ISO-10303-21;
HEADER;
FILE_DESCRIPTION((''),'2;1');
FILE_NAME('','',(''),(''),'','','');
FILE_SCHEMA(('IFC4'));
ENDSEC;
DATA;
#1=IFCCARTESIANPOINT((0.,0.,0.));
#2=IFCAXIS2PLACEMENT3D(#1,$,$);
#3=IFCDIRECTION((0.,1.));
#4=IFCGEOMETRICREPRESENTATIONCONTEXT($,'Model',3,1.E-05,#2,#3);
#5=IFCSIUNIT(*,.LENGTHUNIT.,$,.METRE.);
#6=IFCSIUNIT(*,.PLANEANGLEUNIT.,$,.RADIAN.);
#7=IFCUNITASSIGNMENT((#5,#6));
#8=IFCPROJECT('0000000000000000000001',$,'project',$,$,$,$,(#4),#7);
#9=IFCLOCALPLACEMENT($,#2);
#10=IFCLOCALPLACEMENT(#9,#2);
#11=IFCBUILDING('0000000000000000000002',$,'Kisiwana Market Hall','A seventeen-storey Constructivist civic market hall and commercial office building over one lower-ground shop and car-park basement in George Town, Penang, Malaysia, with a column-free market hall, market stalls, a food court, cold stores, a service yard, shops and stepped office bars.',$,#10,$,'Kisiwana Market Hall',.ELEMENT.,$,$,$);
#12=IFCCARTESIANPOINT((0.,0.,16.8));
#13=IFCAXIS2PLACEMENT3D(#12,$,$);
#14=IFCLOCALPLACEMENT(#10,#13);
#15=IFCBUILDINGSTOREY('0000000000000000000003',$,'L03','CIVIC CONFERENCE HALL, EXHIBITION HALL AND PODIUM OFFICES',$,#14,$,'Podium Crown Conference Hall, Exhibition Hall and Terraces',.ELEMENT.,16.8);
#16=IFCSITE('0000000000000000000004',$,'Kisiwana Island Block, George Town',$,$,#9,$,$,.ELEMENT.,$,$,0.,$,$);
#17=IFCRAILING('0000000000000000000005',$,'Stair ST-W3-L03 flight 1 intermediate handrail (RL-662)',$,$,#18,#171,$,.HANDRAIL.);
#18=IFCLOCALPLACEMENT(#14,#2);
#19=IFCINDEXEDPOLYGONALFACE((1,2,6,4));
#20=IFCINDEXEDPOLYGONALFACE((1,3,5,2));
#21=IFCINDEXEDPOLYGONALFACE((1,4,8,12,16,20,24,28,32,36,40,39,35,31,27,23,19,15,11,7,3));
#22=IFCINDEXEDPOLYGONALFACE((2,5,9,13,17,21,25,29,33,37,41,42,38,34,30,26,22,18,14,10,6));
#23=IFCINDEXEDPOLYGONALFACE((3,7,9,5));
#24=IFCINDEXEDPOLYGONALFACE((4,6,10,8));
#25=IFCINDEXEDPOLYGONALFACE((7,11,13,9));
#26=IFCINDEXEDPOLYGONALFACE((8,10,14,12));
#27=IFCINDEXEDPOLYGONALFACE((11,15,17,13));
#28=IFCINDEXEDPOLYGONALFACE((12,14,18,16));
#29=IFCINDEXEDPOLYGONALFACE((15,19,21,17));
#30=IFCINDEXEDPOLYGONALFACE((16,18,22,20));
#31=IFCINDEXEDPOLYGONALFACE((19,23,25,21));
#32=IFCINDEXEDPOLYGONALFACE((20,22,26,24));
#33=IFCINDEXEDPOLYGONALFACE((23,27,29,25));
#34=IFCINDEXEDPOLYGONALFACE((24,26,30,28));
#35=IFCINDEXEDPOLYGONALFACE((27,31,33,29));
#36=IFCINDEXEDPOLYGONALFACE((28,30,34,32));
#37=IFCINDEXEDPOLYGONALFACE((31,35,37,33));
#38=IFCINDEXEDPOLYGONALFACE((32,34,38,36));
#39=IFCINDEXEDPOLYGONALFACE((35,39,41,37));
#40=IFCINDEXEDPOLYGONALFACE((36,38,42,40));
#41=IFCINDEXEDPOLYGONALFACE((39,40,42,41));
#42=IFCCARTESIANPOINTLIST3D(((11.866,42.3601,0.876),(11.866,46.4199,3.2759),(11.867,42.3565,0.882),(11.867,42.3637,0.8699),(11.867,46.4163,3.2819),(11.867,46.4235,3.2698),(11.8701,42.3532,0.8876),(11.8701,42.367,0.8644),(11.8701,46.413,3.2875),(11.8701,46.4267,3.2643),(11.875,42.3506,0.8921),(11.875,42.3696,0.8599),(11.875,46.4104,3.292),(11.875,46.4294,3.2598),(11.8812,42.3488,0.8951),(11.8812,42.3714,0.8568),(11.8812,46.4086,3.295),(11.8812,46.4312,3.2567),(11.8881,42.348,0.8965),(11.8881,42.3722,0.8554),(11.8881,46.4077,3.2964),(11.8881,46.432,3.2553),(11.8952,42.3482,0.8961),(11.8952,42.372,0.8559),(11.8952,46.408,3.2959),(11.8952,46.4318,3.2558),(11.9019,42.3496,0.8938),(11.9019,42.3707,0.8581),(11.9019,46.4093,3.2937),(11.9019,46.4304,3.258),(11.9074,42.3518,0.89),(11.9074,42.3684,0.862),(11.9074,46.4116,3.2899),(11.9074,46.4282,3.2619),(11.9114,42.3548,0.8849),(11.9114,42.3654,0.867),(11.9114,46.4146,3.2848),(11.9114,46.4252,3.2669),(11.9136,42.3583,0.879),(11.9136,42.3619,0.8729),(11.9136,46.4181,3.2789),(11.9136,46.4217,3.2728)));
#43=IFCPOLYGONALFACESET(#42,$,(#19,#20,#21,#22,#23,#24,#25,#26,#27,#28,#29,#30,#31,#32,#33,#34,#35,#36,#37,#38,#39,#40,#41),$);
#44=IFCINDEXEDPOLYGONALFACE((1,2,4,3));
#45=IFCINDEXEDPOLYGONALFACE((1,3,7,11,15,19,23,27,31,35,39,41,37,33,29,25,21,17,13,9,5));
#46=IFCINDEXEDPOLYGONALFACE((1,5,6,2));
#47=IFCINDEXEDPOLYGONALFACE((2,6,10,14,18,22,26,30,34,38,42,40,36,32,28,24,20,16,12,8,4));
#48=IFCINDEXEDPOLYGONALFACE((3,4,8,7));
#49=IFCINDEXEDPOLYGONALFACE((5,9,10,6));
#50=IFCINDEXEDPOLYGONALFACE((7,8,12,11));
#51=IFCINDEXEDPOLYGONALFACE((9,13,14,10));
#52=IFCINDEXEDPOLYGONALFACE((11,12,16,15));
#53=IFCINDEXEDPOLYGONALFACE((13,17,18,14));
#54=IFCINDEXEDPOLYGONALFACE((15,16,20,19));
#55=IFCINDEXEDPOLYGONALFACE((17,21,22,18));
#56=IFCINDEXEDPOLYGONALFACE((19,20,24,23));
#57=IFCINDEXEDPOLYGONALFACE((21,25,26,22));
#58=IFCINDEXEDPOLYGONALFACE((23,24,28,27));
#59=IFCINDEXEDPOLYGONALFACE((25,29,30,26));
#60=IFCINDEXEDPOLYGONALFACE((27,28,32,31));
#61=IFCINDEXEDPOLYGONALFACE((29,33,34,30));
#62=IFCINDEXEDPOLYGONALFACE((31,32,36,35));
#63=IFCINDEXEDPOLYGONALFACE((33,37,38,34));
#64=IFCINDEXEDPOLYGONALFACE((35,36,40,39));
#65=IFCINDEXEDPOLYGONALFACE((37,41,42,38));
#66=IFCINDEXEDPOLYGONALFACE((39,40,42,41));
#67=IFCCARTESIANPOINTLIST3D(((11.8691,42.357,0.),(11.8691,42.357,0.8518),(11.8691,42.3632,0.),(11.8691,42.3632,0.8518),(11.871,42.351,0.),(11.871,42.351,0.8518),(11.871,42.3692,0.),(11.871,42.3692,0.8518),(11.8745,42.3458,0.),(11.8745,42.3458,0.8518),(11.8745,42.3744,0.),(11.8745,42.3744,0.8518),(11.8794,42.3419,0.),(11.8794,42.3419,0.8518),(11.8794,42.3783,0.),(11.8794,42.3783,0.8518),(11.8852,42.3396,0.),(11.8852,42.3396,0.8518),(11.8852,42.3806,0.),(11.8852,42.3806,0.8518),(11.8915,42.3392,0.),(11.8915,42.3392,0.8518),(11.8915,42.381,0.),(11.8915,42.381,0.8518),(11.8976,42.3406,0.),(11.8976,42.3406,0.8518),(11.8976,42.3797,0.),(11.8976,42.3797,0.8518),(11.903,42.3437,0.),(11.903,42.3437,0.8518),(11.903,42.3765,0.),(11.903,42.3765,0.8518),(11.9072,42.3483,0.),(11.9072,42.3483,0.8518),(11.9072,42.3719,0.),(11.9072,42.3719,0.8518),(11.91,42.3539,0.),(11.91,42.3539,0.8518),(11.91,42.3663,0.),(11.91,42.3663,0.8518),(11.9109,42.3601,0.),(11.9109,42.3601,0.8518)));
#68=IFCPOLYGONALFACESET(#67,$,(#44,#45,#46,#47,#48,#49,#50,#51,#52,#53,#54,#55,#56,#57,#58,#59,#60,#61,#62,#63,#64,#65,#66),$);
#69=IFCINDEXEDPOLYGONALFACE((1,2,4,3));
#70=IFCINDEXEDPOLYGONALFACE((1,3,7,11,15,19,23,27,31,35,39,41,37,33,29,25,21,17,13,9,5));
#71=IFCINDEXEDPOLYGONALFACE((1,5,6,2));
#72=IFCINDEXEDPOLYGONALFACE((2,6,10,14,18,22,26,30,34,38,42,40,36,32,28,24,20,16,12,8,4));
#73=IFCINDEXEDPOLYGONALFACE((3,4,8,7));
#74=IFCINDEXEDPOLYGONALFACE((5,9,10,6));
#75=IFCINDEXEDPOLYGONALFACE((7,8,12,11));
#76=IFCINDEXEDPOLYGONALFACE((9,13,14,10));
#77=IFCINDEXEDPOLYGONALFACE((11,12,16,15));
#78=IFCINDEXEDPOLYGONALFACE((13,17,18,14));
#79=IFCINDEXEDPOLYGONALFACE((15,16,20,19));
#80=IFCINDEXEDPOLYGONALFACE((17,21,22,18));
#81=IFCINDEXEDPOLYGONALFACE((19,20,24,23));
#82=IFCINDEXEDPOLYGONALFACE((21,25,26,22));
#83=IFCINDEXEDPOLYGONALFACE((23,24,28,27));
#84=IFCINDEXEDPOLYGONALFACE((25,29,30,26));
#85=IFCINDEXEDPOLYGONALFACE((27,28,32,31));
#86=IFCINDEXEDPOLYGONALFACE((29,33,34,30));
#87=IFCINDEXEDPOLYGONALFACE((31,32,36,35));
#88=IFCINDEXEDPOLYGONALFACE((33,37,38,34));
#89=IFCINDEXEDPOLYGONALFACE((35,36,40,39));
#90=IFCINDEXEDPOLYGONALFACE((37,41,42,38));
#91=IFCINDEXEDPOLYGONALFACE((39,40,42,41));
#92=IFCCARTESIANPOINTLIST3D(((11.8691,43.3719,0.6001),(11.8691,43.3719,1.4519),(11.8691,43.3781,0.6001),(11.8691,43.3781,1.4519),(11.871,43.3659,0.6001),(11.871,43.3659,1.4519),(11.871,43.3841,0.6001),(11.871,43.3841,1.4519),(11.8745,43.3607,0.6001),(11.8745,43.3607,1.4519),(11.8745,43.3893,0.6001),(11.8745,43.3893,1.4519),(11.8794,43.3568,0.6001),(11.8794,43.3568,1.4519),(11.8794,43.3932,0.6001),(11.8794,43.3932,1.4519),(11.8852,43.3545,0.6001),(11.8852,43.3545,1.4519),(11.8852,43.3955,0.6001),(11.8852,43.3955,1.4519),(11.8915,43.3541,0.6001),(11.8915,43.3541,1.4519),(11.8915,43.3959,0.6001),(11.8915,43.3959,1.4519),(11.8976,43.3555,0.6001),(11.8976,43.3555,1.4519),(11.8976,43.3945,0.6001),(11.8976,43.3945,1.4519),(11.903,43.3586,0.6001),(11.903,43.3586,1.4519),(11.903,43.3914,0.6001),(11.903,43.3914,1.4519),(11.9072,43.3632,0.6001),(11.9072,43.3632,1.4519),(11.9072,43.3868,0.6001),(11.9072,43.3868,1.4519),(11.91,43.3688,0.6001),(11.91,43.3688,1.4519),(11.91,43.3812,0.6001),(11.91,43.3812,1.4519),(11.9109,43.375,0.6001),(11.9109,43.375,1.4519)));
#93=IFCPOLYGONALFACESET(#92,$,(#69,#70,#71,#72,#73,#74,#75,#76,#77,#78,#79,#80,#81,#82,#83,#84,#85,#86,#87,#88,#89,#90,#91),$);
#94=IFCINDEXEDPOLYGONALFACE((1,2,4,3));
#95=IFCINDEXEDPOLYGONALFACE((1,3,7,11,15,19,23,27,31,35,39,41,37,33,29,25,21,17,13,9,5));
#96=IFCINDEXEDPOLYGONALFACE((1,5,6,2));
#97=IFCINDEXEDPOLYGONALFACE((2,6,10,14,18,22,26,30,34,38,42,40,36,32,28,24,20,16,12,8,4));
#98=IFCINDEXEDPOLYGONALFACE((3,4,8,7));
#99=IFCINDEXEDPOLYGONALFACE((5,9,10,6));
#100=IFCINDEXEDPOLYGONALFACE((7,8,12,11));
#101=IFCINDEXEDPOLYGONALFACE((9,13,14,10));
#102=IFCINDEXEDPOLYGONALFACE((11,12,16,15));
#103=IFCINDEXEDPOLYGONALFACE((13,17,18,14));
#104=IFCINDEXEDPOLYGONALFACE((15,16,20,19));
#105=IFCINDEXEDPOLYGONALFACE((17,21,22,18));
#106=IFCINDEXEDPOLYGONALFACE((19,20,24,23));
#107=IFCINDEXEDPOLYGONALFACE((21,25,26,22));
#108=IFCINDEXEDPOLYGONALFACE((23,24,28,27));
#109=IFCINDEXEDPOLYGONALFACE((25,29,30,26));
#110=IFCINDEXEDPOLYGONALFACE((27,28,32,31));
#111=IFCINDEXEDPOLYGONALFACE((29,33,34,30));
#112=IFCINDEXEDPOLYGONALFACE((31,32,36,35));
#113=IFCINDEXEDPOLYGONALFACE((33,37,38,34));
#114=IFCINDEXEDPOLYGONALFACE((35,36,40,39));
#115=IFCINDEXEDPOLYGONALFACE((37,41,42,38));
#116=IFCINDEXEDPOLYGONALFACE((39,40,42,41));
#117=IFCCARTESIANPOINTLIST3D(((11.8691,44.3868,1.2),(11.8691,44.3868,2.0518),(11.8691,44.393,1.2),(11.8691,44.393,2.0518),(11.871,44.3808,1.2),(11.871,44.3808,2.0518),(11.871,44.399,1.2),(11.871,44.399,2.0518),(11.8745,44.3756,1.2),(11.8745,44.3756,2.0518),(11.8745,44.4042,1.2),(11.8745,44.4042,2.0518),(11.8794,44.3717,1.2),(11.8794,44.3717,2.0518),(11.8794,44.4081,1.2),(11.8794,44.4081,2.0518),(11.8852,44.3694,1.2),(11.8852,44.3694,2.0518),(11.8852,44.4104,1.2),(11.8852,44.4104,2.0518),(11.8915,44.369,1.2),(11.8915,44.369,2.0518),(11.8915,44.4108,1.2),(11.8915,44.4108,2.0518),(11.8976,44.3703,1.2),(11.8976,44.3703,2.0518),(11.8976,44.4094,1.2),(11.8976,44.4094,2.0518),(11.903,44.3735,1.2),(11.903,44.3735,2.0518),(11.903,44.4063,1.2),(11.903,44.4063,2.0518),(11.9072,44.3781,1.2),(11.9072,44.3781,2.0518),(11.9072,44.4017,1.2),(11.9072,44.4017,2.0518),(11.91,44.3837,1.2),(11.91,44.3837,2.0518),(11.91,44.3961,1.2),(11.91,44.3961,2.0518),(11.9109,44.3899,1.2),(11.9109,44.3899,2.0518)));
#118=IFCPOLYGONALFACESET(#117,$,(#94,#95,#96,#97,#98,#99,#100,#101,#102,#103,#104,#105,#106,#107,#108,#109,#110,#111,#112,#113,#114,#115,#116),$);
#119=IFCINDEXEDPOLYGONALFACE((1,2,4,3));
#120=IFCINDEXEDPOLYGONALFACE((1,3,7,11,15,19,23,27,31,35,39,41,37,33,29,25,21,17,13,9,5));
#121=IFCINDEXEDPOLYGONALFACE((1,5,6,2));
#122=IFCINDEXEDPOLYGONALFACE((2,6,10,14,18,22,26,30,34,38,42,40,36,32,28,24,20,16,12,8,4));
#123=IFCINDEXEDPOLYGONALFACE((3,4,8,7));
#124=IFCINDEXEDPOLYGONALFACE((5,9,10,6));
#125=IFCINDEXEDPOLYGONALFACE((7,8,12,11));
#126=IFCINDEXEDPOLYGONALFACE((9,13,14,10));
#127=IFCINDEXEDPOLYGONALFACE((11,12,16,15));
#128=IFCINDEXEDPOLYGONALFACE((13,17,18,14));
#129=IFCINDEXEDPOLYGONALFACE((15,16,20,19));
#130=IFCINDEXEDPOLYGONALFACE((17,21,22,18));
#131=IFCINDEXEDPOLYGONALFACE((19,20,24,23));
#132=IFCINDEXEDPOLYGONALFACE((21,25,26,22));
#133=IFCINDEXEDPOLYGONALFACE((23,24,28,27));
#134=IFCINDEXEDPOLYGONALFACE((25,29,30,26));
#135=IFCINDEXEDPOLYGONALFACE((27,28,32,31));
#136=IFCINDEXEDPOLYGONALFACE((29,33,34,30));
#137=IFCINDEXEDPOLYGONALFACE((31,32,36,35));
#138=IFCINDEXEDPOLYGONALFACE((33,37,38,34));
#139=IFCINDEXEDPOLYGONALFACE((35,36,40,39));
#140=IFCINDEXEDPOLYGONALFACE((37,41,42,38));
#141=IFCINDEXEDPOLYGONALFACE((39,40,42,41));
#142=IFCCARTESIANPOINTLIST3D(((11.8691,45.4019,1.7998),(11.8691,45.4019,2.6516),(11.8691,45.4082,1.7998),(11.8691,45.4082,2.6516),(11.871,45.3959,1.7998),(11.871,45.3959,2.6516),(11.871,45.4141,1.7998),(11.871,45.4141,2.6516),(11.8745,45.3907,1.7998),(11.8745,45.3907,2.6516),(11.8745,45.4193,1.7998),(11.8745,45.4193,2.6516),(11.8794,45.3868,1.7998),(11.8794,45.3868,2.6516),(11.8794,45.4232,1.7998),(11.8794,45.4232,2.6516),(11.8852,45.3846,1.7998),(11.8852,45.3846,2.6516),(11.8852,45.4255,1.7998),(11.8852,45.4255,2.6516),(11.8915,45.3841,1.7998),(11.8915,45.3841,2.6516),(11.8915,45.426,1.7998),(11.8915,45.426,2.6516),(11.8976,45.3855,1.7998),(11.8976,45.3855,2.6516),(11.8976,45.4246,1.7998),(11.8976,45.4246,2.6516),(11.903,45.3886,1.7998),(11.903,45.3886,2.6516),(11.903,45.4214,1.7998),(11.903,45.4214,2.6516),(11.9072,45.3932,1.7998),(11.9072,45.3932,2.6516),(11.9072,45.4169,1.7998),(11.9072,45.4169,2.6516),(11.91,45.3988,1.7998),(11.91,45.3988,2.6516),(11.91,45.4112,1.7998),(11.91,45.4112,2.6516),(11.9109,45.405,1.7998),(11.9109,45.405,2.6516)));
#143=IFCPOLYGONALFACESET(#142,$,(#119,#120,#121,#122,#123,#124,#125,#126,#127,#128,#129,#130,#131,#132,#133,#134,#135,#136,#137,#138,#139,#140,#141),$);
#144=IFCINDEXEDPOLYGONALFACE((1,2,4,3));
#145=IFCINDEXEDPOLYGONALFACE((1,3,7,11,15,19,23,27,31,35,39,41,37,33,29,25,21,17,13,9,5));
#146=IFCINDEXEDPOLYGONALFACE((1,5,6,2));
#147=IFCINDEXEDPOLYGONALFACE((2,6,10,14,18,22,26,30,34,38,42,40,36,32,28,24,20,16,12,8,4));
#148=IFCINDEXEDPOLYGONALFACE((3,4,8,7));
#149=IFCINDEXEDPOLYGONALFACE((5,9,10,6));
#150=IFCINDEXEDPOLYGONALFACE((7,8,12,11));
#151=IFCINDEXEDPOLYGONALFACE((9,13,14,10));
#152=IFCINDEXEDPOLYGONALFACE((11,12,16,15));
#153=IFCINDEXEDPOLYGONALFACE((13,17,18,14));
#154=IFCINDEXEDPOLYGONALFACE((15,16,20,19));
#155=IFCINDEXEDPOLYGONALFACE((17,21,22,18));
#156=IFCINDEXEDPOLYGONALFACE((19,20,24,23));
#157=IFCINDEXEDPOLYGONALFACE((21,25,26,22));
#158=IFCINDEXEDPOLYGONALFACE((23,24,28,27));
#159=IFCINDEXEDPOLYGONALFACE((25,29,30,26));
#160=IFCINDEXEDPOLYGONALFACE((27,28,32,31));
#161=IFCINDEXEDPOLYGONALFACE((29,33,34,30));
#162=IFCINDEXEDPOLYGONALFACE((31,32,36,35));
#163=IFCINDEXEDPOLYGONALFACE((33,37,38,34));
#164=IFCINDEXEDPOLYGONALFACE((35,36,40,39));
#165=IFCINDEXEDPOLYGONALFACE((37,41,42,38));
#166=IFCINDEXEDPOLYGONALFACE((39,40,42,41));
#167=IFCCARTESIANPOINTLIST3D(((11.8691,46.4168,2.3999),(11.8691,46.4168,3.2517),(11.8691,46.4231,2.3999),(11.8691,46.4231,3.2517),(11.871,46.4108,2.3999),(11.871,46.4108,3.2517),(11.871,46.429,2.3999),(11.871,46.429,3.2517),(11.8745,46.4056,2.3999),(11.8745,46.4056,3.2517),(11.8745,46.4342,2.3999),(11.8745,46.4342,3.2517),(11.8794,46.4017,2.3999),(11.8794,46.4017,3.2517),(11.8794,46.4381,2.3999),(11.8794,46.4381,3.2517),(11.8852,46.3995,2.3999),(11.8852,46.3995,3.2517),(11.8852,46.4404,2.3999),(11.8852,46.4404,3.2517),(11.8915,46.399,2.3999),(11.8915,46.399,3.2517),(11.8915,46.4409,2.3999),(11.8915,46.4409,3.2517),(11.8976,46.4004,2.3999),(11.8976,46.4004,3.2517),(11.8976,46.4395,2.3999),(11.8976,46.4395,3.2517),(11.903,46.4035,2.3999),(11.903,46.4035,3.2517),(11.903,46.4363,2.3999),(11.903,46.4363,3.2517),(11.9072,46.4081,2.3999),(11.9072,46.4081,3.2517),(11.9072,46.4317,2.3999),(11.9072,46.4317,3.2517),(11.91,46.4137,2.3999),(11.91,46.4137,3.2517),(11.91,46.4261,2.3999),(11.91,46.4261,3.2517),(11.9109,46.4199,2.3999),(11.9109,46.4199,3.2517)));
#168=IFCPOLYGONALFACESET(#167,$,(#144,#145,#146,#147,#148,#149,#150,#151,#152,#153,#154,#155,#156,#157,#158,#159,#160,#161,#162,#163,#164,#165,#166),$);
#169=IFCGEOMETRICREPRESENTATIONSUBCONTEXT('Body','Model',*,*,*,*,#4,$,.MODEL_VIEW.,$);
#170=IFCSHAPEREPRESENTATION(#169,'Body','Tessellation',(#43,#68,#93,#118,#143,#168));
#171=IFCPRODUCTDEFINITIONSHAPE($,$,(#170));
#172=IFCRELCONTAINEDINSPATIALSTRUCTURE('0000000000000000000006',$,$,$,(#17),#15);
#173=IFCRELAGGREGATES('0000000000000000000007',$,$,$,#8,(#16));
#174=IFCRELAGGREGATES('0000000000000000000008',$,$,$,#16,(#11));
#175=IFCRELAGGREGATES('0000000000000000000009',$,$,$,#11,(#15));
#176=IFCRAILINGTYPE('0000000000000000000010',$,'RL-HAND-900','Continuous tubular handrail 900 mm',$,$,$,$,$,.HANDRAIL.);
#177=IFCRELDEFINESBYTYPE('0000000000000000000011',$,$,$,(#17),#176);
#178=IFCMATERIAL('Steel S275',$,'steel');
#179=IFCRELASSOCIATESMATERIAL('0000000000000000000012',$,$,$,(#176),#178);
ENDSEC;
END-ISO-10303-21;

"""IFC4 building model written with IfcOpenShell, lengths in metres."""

from ifc_helpers import new_model, si_unit, direction, frame, origin, origin_2d, place, context, subcontext, project, spatial, circle, extrude, material, type_object, element, save


model = new_model("IFC4")

# Units and contexts
model_context = context("Model", 3, precision=1e-05, world=origin(), true_north=direction((0.0, 1.0)))
body_context = subcontext(model_context, "Body", "Model", "MODEL_VIEW")
ifc_project = project(units=[si_unit("LENGTHUNIT", "METRE"), si_unit("PLANEANGLEUNIT", "RADIAN")], contexts=[model_context])

# Site, building, storey
site_placement = place(None, origin())
site = spatial("IfcSite", under=ifc_project, at=site_placement, Name="Kisiwana Island Block, George Town", CompositionType="ELEMENT", RefElevation=0.0)
building_placement = place(site_placement, origin())
building = spatial("IfcBuilding", under=site, at=building_placement, Name="Kisiwana Market Hall", Description="A seventeen-storey Constructivist civic market hall and commercial office building over one lower-ground shop and car-park basement in George Town, Penang, Malaysia, with a column-free market hall, market stalls, a food court, cold stores, a service yard, shops and stepped office bars.", LongName="Kisiwana Market Hall", CompositionType="ELEMENT")
storey_placement = place(building_placement, frame((0.0, 0.0, 16.8)))
storey = spatial("IfcBuildingStorey", under=building, at=storey_placement, Name="L03", Description="CIVIC CONFERENCE HALL, EXHIBITION HALL AND PODIUM OFFICES", LongName="Podium Crown Conference Hall, Exhibition Hall and Terraces", CompositionType="ELEMENT", Elevation=16.8)

# Railing
ifc_material_1 = material(Name="Steel S275", Category="steel")
railing_type_1 = type_object("IfcRailingType", Name="RL-HAND-900", Description="Continuous tubular handrail 900 mm", PredefinedType="HANDRAIL", material=ifc_material_1)
railing_1_placement = place(storey_placement, frame((11.8899, 42.3601, 0.0)))
element("IfcRailing", 1, at=railing_1_placement, inside=storey, type_object=railing_type_1, Name="Stair ST-W3-L03 flight 1 intermediate handrail (RL-662)", PredefinedType="HANDRAIL", context=body_context, shape_type="SweptSolid", body=[
    extrude(circle(Radius=0.0239, at=origin_2d()), frame((0.0, 0.0, 0.876), z_axis=(0.0, 0.860841, 0.508874), x_axis=(-1.0, 0.0, 0.0)), (0.0, 0.0, 1.0), 4.7161),
    extrude(circle(Radius=0.021, at=origin_2d()), origin(), (0.0, 0.0, 1.0), 0.8518),
    extrude(circle(Radius=0.021, at=origin_2d()), frame((0.0, 1.0149, 0.6001)), (0.0, 0.0, 1.0), 0.8518),
    extrude(circle(Radius=0.021, at=origin_2d()), frame((0.0, 2.0298, 1.2)), (0.0, 0.0, 1.0), 0.8518),
    extrude(circle(Radius=0.021, at=origin_2d()), frame((0.0, 3.0449, 1.7998)), (0.0, 0.0, 1.0), 0.8518),
    extrude(circle(Radius=0.021, at=origin_2d()), frame((0.0, 4.0598, 2.3999)), (0.0, 0.0, 1.0), 0.8518),
])

save(model, "model.ifc")
